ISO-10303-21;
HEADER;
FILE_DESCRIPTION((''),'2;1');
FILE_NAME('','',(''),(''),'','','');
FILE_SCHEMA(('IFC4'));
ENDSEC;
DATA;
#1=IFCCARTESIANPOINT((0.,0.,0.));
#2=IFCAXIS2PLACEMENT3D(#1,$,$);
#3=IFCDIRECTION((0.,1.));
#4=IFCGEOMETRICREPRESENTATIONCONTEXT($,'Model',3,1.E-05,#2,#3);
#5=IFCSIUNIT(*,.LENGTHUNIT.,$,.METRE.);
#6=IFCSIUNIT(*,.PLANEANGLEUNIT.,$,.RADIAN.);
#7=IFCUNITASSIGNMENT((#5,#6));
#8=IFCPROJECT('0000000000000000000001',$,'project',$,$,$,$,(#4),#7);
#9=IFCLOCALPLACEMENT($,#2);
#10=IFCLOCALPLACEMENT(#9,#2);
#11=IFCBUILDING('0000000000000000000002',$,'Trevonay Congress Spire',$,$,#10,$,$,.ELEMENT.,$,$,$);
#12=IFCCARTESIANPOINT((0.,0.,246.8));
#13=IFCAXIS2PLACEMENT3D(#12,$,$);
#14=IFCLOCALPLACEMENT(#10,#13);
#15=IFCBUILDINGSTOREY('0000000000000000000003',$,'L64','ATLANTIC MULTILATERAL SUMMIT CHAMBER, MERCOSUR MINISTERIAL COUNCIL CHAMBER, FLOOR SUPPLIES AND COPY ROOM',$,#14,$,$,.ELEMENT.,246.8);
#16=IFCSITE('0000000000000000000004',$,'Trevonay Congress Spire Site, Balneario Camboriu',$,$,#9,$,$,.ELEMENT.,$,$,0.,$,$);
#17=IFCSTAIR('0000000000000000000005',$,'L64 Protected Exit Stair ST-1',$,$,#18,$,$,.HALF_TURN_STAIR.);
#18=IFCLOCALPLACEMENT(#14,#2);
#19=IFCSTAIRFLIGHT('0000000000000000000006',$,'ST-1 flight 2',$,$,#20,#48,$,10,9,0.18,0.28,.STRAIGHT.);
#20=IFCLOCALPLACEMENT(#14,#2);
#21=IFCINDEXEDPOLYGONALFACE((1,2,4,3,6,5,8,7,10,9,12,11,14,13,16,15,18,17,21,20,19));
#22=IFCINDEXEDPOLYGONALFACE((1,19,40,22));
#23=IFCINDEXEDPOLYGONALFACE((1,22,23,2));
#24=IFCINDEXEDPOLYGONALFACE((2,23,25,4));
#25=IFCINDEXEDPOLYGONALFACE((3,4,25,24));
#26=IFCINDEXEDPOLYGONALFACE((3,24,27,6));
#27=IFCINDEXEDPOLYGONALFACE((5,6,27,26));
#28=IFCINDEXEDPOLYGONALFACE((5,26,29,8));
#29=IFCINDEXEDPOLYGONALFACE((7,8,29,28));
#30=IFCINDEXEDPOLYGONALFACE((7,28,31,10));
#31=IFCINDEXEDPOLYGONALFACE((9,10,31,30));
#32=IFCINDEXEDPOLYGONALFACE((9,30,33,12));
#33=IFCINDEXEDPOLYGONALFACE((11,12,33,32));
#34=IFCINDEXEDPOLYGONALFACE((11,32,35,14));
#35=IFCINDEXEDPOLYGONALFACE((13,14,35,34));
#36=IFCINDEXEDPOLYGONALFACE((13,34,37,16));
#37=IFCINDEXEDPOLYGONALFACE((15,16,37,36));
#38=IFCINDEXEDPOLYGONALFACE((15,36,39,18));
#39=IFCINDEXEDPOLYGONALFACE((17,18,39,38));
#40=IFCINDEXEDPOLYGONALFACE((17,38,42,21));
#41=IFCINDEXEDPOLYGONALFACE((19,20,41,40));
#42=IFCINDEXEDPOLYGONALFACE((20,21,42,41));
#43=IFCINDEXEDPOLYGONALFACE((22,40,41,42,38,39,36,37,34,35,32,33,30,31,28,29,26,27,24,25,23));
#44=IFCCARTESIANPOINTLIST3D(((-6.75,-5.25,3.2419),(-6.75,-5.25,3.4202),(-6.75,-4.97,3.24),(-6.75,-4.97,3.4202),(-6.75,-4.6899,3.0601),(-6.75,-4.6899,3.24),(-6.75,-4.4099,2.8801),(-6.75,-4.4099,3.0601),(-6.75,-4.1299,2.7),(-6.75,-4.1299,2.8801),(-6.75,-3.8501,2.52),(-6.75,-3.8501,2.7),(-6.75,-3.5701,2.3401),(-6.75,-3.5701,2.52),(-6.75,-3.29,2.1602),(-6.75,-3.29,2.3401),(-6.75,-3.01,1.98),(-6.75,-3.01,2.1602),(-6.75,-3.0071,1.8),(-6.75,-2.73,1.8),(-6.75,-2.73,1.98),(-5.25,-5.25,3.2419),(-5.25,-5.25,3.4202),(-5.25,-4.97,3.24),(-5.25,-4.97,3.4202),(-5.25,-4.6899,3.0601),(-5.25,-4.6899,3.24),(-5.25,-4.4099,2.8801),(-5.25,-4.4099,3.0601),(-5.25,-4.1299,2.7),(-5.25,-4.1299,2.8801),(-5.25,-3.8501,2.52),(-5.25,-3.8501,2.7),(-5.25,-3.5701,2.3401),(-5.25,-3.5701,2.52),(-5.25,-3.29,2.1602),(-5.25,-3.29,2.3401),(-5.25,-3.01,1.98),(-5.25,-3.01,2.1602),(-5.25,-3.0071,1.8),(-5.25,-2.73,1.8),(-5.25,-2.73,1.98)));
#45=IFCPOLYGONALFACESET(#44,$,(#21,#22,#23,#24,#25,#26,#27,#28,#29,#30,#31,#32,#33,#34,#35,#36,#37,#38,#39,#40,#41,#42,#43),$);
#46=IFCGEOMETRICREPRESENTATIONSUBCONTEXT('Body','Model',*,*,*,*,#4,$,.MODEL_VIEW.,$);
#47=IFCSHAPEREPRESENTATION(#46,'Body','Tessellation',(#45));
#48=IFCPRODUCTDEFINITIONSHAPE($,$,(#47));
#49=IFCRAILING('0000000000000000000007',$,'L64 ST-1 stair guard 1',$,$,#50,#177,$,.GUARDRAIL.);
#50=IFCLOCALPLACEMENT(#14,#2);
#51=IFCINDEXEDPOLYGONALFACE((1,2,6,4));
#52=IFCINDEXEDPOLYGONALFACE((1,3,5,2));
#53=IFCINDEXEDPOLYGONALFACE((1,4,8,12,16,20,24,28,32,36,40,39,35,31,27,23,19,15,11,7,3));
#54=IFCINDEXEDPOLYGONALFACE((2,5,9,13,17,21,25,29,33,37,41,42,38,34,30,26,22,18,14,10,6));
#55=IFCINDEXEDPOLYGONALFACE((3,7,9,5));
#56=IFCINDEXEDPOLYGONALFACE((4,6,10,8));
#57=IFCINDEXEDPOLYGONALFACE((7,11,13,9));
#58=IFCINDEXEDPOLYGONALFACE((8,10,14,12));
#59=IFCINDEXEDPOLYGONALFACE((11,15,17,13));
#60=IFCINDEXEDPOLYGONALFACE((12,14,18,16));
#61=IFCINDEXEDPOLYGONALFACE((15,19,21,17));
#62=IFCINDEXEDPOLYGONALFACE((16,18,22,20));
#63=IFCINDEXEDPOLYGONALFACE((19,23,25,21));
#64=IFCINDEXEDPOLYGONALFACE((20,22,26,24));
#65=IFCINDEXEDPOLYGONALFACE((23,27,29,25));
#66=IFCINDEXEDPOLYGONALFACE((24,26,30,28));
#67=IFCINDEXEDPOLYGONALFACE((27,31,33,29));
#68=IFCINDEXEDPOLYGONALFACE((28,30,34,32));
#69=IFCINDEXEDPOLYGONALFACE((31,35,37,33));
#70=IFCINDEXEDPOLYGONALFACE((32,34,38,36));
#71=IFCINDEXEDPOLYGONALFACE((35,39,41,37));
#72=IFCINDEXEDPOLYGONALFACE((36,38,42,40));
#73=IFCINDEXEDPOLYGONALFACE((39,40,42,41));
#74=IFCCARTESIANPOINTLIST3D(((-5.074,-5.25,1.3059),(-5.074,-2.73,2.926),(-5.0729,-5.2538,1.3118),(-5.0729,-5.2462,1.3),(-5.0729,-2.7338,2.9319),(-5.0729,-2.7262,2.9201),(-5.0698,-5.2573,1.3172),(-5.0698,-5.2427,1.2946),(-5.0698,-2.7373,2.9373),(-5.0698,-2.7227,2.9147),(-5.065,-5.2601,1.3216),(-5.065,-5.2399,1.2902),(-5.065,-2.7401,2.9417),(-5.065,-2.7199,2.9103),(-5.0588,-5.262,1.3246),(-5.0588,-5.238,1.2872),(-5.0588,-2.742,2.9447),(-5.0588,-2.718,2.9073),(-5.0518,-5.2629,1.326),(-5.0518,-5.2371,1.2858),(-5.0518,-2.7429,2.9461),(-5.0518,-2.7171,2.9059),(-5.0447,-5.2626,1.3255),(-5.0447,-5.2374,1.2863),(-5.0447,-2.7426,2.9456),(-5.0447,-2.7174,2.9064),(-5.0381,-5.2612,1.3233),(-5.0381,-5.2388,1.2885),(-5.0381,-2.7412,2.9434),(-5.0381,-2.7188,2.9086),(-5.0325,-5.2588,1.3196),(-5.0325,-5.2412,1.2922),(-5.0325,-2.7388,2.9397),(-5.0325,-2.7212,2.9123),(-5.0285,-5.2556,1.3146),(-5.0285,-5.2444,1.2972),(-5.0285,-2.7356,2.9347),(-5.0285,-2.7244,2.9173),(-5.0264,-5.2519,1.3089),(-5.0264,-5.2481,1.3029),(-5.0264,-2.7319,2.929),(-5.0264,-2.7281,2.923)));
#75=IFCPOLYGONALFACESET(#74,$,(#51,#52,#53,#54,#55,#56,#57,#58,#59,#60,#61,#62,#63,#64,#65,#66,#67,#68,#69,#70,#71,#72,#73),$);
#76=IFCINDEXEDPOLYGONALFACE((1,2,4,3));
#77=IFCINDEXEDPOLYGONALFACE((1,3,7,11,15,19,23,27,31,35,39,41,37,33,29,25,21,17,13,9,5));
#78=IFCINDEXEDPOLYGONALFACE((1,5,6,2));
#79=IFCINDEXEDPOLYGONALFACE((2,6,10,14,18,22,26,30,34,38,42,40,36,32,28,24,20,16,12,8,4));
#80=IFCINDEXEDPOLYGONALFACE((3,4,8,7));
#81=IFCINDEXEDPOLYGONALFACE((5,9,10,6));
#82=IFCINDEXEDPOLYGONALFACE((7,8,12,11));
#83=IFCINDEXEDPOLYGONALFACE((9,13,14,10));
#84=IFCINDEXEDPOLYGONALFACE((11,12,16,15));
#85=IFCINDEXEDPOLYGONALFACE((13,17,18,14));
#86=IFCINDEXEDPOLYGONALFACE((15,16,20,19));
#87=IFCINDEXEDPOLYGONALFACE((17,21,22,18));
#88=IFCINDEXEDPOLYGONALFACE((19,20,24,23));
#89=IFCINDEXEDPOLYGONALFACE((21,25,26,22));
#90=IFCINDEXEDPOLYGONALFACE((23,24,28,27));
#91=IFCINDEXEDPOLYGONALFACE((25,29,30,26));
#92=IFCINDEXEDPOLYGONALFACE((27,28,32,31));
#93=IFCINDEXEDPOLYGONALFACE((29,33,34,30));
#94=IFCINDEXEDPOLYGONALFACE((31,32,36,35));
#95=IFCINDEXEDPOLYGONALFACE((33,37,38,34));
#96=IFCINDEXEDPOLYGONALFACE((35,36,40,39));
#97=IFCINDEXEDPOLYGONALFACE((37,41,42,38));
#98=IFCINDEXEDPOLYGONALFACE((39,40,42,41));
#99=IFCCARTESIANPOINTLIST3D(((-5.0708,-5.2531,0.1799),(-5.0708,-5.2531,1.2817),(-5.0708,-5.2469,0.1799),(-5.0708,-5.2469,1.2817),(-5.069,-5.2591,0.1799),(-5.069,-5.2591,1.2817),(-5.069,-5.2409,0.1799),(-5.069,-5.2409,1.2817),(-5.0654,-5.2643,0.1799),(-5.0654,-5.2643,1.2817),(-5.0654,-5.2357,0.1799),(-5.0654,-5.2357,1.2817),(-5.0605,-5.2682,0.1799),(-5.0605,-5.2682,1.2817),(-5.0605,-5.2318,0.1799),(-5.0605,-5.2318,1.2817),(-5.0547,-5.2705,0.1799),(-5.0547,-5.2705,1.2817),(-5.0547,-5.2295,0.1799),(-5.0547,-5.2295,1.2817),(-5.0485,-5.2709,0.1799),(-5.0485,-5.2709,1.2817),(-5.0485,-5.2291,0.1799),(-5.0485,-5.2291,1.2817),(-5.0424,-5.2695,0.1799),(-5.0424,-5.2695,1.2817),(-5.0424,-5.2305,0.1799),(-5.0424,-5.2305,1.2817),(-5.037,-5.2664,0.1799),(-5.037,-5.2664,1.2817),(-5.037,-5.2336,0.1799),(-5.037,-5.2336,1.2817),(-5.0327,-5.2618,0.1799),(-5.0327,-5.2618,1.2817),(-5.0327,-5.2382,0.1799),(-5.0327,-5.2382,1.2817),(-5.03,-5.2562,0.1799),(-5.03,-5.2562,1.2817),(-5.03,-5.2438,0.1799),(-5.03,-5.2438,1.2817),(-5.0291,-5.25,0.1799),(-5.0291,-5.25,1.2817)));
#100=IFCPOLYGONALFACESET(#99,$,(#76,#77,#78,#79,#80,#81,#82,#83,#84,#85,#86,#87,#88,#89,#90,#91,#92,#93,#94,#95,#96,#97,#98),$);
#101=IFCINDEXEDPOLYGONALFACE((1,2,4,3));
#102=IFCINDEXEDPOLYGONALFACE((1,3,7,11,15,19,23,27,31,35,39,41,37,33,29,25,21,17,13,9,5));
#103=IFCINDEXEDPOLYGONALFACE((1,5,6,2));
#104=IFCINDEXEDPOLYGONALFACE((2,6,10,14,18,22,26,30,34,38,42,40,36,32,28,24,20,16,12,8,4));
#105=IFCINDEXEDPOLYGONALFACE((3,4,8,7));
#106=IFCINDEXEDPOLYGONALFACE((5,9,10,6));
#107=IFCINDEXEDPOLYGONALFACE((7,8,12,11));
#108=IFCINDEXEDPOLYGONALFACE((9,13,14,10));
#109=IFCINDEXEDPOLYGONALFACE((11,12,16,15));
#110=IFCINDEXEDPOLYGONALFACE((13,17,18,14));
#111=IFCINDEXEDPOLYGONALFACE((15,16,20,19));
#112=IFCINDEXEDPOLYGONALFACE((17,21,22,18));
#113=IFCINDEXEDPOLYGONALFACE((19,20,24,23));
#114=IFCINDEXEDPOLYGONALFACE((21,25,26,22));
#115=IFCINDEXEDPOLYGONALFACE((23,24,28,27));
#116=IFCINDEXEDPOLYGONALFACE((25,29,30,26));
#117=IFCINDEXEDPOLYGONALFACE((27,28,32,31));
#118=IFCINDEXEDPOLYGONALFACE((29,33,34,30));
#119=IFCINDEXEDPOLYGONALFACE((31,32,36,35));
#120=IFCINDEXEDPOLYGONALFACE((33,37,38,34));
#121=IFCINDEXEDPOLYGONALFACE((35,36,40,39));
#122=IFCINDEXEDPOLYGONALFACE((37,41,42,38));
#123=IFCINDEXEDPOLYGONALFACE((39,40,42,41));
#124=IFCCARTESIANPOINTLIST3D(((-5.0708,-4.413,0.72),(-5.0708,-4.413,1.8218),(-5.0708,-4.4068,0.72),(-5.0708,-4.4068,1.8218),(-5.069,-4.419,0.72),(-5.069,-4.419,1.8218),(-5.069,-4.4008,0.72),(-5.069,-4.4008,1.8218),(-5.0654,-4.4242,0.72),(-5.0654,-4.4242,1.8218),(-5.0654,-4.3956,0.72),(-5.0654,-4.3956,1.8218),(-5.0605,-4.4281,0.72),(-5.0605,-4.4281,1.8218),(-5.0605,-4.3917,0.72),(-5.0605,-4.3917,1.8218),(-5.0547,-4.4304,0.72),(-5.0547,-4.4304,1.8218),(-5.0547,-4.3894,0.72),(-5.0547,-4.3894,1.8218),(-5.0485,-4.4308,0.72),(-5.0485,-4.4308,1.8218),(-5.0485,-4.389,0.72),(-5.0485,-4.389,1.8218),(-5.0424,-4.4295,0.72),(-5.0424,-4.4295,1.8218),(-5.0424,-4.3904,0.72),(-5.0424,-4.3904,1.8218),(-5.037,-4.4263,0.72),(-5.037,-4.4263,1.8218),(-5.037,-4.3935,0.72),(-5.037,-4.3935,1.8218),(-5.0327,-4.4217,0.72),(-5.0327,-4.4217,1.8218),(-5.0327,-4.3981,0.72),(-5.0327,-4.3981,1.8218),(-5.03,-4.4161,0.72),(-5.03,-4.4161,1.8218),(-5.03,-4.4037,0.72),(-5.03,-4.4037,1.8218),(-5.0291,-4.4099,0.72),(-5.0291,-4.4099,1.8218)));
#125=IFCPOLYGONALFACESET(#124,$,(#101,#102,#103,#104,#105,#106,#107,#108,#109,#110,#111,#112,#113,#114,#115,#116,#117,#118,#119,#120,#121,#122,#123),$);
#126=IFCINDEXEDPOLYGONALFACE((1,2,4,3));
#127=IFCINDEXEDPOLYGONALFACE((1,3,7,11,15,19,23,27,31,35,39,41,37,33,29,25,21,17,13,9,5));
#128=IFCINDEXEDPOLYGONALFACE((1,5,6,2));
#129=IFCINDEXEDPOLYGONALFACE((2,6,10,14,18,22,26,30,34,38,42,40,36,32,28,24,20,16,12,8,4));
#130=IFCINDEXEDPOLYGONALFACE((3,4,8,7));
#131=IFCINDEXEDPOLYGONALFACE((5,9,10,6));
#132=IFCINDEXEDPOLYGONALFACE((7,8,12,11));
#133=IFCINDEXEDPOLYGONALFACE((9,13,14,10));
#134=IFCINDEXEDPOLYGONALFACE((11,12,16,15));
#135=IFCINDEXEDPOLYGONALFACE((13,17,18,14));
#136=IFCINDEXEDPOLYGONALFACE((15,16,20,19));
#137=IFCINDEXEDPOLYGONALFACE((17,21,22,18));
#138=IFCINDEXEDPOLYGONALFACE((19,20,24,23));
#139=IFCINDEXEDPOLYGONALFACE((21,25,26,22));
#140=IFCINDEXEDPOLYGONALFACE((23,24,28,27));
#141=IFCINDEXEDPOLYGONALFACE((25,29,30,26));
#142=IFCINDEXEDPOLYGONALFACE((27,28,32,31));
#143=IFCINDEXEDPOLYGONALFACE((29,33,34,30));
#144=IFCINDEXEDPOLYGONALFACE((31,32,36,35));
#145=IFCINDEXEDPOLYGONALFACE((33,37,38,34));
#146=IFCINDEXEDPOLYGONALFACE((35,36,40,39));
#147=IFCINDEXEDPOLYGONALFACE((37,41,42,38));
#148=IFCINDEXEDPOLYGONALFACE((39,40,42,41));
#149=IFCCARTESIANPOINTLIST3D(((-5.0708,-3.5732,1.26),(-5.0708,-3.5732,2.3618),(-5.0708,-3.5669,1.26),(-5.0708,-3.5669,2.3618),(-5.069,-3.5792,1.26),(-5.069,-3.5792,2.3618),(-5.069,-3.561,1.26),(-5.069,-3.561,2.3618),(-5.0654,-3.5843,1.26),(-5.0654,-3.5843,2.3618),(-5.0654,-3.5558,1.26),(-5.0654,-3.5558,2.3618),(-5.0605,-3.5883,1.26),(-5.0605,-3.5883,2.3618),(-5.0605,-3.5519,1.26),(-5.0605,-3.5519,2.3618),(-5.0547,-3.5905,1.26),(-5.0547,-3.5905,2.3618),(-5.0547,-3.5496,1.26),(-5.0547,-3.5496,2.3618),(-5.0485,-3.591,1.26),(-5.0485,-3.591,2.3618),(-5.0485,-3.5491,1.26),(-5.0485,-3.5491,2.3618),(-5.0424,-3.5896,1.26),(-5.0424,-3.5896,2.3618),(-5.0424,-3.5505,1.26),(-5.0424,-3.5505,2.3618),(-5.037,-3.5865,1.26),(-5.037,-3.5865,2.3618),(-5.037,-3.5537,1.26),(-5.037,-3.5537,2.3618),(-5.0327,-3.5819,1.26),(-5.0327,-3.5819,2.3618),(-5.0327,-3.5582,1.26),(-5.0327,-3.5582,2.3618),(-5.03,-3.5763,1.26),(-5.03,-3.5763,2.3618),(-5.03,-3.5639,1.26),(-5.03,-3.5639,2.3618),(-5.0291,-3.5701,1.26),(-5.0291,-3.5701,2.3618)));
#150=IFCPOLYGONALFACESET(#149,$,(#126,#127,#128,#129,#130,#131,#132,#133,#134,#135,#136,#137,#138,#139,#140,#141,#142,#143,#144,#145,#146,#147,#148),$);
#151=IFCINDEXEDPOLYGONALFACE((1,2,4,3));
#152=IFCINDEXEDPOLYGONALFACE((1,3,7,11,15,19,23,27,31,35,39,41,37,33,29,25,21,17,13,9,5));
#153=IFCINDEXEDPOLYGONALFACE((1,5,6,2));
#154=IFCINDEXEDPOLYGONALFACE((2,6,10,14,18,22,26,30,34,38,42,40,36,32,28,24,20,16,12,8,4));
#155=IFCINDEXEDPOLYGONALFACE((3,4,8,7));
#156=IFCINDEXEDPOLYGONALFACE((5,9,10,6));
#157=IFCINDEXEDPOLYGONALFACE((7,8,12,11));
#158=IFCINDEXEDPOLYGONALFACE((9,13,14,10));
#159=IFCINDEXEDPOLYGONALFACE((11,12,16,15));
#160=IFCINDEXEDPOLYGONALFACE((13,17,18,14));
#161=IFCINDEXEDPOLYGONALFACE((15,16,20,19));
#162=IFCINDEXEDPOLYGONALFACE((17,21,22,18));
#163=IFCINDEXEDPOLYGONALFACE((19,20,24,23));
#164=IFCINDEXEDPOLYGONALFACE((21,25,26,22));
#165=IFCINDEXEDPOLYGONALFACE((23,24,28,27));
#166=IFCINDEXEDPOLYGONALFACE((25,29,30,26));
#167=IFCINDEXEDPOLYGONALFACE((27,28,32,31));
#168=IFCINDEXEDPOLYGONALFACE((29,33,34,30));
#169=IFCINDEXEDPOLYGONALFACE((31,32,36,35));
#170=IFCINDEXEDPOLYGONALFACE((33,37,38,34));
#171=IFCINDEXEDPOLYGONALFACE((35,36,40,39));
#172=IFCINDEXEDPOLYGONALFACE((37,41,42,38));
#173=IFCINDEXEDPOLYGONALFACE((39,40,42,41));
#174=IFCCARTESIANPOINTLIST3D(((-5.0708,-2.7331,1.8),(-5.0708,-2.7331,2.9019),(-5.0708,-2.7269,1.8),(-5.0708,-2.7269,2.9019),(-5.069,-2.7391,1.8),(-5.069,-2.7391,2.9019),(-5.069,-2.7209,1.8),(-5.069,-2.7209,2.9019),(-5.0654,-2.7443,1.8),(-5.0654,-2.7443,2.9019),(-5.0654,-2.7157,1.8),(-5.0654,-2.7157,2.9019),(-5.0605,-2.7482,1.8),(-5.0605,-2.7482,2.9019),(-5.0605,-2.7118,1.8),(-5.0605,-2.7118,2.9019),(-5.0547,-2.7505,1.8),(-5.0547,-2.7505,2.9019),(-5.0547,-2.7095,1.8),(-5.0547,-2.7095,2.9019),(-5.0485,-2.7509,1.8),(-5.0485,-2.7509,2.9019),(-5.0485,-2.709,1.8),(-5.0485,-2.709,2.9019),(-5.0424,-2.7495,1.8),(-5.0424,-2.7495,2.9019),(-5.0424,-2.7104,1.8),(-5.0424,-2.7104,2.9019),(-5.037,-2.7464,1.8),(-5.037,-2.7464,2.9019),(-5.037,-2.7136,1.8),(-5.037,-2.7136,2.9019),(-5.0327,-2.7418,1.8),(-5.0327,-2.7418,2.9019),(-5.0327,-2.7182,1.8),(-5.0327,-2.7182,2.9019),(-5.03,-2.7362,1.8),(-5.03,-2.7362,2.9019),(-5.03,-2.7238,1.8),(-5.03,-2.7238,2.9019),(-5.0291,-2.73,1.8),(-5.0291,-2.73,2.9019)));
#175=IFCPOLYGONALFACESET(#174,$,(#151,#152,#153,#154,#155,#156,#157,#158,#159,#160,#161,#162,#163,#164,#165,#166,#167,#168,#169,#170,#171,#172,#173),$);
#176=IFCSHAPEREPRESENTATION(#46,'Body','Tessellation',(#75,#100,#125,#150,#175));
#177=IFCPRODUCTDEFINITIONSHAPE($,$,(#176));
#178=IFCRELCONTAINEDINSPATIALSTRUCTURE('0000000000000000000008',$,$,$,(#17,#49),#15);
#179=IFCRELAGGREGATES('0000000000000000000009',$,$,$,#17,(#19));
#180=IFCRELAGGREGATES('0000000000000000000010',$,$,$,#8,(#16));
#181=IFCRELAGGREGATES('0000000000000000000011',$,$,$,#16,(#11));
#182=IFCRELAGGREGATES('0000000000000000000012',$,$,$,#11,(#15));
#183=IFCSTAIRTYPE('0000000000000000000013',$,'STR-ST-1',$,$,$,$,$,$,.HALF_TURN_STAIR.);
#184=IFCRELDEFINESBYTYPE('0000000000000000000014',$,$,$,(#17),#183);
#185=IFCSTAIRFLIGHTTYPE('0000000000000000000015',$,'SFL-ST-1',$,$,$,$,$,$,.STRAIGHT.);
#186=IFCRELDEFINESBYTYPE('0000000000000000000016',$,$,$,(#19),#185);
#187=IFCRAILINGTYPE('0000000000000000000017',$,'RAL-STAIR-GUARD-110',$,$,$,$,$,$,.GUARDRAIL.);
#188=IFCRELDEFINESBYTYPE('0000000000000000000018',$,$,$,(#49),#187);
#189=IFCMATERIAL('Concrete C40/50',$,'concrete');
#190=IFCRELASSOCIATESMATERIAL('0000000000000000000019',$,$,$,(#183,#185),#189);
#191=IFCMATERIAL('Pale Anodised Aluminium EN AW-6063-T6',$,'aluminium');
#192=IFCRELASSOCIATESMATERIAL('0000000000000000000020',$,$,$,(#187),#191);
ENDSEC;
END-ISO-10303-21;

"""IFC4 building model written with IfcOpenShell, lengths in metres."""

from ifc_helpers import new_model, si_unit, direction, frame, origin, origin_2d, place, context, subcontext, project, spatial, polyline, circle, outline, extrude, material, type_object, element, aggregate, save


model = new_model("IFC4")

# Units and contexts
model_context = context("Model", 3, precision=1e-05, world=origin(), true_north=direction((0.0, 1.0)))
body_context = subcontext(model_context, "Body", "Model", "MODEL_VIEW")
ifc_project = project(units=[si_unit("LENGTHUNIT", "METRE"), si_unit("PLANEANGLEUNIT", "RADIAN")], contexts=[model_context])

# Site, building, storey
site_placement = place(None, origin())
site = spatial("IfcSite", under=ifc_project, at=site_placement, Name="Trevonay Congress Spire Site, Balneario Camboriu", CompositionType="ELEMENT", RefElevation=0.0)
building_placement = place(site_placement, origin())
building = spatial("IfcBuilding", under=site, at=building_placement, Name="Trevonay Congress Spire", CompositionType="ELEMENT")
storey_placement = place(building_placement, frame((0.0, 0.0, 246.8)))
storey = spatial("IfcBuildingStorey", under=building, at=storey_placement, Name="L64", Description="ATLANTIC MULTILATERAL SUMMIT CHAMBER, MERCOSUR MINISTERIAL COUNCIL CHAMBER, FLOOR SUPPLIES AND COPY ROOM", CompositionType="ELEMENT", Elevation=246.8)

# Shared definitions
ifc_material_1 = material(Name="Concrete C40/50", Category="concrete")

# Stair, stair flight
stair_type = type_object("IfcStairType", Name="STR-ST-1", PredefinedType="HALF_TURN_STAIR", material=ifc_material_1)
stair_placement = place(storey_placement, origin())
stair = element("IfcStair", 1, at=stair_placement, inside=storey, type_object=stair_type, Name="L64 Protected Exit Stair ST-1", PredefinedType="HALF_TURN_STAIR")
stair_flight_type = type_object("IfcStairFlightType", Name="SFL-ST-1", PredefinedType="STRAIGHT", material=ifc_material_1)
stair_flight_1_placement = place(storey_placement, frame((-6.0, -2.73, 1.8), z_axis=(0.0, 0.0, 1.0), x_axis=(0.0, -1.0, 0.0)))
stair_flight_1 = element("IfcStairFlight", 2, at=stair_flight_1_placement, type_object=stair_flight_type, Name="ST-1 flight 2", NumberOfRisers=10, NumberOfTreads=9, PredefinedType="STRAIGHT", RiserHeight=0.18, TreadLength=0.28, context=body_context, shape_type="SweptSolid", body=[
    extrude(outline(polyline([(0.0, 0.0), (0.0, 0.1799), (0.28, 0.1799), (0.28, 0.3601), (0.5601, 0.3601), (0.5601, 0.54), (0.8401, 0.54), (0.8401, 0.72), (1.1201, 0.72), (1.1201, 0.8999), (1.3999, 0.8999), (1.3999, 1.0801), (1.6799, 1.0801), (1.6799, 1.26), (1.96, 1.26), (1.96, 1.4399), (2.24, 1.4399), (2.24, 1.6201), (2.52, 1.6201), (2.52, 1.8), (2.52, 1.4419), (0.2771, 0.0), (0.0, 0.0)])), frame((0.0, 0.75, 0.0), z_axis=(0.0, -1.0, 0.0), x_axis=(1.0, 0.0, 0.0)), (0.0, 0.0, 1.0), 1.5),
])
aggregate(stair, [stair_flight_1])

# Railing
ifc_material_2 = material(Name="Pale Anodised Aluminium EN AW-6063-T6", Category="aluminium")
railing_type_1 = type_object("IfcRailingType", Name="RAL-STAIR-GUARD-110", PredefinedType="GUARDRAIL", material=ifc_material_2)
railing_1_placement = place(storey_placement, frame((-5.05, -5.25, 0.1799)))
element("IfcRailing", 3, at=railing_1_placement, inside=storey, type_object=railing_type_1, Name="L64 ST-1 stair guard 1", PredefinedType="GUARDRAIL", context=body_context, shape_type="SweptSolid", body=[
    extrude(circle(Radius=0.0239, at=origin_2d()), frame((0.0, 0.0, 1.126), z_axis=(0.0, 0.841163, 0.540782), x_axis=(-1.0, 0.0, 0.0)), (0.0, 0.0, 1.0), 2.9958),
    extrude(circle(Radius=0.021, at=origin_2d()), origin(), (0.0, 0.0, 1.0), 1.1018),
    extrude(circle(Radius=0.021, at=origin_2d()), frame((0.0, 0.8401, 0.54)), (0.0, 0.0, 1.0), 1.1018),
    extrude(circle(Radius=0.021, at=origin_2d()), frame((0.0, 1.6799, 1.0801)), (0.0, 0.0, 1.0), 1.1018),
    extrude(circle(Radius=0.021, at=origin_2d()), frame((0.0, 2.52, 1.6201)), (0.0, 0.0, 1.0), 1.1018),
])

save(model, "model.ifc")
